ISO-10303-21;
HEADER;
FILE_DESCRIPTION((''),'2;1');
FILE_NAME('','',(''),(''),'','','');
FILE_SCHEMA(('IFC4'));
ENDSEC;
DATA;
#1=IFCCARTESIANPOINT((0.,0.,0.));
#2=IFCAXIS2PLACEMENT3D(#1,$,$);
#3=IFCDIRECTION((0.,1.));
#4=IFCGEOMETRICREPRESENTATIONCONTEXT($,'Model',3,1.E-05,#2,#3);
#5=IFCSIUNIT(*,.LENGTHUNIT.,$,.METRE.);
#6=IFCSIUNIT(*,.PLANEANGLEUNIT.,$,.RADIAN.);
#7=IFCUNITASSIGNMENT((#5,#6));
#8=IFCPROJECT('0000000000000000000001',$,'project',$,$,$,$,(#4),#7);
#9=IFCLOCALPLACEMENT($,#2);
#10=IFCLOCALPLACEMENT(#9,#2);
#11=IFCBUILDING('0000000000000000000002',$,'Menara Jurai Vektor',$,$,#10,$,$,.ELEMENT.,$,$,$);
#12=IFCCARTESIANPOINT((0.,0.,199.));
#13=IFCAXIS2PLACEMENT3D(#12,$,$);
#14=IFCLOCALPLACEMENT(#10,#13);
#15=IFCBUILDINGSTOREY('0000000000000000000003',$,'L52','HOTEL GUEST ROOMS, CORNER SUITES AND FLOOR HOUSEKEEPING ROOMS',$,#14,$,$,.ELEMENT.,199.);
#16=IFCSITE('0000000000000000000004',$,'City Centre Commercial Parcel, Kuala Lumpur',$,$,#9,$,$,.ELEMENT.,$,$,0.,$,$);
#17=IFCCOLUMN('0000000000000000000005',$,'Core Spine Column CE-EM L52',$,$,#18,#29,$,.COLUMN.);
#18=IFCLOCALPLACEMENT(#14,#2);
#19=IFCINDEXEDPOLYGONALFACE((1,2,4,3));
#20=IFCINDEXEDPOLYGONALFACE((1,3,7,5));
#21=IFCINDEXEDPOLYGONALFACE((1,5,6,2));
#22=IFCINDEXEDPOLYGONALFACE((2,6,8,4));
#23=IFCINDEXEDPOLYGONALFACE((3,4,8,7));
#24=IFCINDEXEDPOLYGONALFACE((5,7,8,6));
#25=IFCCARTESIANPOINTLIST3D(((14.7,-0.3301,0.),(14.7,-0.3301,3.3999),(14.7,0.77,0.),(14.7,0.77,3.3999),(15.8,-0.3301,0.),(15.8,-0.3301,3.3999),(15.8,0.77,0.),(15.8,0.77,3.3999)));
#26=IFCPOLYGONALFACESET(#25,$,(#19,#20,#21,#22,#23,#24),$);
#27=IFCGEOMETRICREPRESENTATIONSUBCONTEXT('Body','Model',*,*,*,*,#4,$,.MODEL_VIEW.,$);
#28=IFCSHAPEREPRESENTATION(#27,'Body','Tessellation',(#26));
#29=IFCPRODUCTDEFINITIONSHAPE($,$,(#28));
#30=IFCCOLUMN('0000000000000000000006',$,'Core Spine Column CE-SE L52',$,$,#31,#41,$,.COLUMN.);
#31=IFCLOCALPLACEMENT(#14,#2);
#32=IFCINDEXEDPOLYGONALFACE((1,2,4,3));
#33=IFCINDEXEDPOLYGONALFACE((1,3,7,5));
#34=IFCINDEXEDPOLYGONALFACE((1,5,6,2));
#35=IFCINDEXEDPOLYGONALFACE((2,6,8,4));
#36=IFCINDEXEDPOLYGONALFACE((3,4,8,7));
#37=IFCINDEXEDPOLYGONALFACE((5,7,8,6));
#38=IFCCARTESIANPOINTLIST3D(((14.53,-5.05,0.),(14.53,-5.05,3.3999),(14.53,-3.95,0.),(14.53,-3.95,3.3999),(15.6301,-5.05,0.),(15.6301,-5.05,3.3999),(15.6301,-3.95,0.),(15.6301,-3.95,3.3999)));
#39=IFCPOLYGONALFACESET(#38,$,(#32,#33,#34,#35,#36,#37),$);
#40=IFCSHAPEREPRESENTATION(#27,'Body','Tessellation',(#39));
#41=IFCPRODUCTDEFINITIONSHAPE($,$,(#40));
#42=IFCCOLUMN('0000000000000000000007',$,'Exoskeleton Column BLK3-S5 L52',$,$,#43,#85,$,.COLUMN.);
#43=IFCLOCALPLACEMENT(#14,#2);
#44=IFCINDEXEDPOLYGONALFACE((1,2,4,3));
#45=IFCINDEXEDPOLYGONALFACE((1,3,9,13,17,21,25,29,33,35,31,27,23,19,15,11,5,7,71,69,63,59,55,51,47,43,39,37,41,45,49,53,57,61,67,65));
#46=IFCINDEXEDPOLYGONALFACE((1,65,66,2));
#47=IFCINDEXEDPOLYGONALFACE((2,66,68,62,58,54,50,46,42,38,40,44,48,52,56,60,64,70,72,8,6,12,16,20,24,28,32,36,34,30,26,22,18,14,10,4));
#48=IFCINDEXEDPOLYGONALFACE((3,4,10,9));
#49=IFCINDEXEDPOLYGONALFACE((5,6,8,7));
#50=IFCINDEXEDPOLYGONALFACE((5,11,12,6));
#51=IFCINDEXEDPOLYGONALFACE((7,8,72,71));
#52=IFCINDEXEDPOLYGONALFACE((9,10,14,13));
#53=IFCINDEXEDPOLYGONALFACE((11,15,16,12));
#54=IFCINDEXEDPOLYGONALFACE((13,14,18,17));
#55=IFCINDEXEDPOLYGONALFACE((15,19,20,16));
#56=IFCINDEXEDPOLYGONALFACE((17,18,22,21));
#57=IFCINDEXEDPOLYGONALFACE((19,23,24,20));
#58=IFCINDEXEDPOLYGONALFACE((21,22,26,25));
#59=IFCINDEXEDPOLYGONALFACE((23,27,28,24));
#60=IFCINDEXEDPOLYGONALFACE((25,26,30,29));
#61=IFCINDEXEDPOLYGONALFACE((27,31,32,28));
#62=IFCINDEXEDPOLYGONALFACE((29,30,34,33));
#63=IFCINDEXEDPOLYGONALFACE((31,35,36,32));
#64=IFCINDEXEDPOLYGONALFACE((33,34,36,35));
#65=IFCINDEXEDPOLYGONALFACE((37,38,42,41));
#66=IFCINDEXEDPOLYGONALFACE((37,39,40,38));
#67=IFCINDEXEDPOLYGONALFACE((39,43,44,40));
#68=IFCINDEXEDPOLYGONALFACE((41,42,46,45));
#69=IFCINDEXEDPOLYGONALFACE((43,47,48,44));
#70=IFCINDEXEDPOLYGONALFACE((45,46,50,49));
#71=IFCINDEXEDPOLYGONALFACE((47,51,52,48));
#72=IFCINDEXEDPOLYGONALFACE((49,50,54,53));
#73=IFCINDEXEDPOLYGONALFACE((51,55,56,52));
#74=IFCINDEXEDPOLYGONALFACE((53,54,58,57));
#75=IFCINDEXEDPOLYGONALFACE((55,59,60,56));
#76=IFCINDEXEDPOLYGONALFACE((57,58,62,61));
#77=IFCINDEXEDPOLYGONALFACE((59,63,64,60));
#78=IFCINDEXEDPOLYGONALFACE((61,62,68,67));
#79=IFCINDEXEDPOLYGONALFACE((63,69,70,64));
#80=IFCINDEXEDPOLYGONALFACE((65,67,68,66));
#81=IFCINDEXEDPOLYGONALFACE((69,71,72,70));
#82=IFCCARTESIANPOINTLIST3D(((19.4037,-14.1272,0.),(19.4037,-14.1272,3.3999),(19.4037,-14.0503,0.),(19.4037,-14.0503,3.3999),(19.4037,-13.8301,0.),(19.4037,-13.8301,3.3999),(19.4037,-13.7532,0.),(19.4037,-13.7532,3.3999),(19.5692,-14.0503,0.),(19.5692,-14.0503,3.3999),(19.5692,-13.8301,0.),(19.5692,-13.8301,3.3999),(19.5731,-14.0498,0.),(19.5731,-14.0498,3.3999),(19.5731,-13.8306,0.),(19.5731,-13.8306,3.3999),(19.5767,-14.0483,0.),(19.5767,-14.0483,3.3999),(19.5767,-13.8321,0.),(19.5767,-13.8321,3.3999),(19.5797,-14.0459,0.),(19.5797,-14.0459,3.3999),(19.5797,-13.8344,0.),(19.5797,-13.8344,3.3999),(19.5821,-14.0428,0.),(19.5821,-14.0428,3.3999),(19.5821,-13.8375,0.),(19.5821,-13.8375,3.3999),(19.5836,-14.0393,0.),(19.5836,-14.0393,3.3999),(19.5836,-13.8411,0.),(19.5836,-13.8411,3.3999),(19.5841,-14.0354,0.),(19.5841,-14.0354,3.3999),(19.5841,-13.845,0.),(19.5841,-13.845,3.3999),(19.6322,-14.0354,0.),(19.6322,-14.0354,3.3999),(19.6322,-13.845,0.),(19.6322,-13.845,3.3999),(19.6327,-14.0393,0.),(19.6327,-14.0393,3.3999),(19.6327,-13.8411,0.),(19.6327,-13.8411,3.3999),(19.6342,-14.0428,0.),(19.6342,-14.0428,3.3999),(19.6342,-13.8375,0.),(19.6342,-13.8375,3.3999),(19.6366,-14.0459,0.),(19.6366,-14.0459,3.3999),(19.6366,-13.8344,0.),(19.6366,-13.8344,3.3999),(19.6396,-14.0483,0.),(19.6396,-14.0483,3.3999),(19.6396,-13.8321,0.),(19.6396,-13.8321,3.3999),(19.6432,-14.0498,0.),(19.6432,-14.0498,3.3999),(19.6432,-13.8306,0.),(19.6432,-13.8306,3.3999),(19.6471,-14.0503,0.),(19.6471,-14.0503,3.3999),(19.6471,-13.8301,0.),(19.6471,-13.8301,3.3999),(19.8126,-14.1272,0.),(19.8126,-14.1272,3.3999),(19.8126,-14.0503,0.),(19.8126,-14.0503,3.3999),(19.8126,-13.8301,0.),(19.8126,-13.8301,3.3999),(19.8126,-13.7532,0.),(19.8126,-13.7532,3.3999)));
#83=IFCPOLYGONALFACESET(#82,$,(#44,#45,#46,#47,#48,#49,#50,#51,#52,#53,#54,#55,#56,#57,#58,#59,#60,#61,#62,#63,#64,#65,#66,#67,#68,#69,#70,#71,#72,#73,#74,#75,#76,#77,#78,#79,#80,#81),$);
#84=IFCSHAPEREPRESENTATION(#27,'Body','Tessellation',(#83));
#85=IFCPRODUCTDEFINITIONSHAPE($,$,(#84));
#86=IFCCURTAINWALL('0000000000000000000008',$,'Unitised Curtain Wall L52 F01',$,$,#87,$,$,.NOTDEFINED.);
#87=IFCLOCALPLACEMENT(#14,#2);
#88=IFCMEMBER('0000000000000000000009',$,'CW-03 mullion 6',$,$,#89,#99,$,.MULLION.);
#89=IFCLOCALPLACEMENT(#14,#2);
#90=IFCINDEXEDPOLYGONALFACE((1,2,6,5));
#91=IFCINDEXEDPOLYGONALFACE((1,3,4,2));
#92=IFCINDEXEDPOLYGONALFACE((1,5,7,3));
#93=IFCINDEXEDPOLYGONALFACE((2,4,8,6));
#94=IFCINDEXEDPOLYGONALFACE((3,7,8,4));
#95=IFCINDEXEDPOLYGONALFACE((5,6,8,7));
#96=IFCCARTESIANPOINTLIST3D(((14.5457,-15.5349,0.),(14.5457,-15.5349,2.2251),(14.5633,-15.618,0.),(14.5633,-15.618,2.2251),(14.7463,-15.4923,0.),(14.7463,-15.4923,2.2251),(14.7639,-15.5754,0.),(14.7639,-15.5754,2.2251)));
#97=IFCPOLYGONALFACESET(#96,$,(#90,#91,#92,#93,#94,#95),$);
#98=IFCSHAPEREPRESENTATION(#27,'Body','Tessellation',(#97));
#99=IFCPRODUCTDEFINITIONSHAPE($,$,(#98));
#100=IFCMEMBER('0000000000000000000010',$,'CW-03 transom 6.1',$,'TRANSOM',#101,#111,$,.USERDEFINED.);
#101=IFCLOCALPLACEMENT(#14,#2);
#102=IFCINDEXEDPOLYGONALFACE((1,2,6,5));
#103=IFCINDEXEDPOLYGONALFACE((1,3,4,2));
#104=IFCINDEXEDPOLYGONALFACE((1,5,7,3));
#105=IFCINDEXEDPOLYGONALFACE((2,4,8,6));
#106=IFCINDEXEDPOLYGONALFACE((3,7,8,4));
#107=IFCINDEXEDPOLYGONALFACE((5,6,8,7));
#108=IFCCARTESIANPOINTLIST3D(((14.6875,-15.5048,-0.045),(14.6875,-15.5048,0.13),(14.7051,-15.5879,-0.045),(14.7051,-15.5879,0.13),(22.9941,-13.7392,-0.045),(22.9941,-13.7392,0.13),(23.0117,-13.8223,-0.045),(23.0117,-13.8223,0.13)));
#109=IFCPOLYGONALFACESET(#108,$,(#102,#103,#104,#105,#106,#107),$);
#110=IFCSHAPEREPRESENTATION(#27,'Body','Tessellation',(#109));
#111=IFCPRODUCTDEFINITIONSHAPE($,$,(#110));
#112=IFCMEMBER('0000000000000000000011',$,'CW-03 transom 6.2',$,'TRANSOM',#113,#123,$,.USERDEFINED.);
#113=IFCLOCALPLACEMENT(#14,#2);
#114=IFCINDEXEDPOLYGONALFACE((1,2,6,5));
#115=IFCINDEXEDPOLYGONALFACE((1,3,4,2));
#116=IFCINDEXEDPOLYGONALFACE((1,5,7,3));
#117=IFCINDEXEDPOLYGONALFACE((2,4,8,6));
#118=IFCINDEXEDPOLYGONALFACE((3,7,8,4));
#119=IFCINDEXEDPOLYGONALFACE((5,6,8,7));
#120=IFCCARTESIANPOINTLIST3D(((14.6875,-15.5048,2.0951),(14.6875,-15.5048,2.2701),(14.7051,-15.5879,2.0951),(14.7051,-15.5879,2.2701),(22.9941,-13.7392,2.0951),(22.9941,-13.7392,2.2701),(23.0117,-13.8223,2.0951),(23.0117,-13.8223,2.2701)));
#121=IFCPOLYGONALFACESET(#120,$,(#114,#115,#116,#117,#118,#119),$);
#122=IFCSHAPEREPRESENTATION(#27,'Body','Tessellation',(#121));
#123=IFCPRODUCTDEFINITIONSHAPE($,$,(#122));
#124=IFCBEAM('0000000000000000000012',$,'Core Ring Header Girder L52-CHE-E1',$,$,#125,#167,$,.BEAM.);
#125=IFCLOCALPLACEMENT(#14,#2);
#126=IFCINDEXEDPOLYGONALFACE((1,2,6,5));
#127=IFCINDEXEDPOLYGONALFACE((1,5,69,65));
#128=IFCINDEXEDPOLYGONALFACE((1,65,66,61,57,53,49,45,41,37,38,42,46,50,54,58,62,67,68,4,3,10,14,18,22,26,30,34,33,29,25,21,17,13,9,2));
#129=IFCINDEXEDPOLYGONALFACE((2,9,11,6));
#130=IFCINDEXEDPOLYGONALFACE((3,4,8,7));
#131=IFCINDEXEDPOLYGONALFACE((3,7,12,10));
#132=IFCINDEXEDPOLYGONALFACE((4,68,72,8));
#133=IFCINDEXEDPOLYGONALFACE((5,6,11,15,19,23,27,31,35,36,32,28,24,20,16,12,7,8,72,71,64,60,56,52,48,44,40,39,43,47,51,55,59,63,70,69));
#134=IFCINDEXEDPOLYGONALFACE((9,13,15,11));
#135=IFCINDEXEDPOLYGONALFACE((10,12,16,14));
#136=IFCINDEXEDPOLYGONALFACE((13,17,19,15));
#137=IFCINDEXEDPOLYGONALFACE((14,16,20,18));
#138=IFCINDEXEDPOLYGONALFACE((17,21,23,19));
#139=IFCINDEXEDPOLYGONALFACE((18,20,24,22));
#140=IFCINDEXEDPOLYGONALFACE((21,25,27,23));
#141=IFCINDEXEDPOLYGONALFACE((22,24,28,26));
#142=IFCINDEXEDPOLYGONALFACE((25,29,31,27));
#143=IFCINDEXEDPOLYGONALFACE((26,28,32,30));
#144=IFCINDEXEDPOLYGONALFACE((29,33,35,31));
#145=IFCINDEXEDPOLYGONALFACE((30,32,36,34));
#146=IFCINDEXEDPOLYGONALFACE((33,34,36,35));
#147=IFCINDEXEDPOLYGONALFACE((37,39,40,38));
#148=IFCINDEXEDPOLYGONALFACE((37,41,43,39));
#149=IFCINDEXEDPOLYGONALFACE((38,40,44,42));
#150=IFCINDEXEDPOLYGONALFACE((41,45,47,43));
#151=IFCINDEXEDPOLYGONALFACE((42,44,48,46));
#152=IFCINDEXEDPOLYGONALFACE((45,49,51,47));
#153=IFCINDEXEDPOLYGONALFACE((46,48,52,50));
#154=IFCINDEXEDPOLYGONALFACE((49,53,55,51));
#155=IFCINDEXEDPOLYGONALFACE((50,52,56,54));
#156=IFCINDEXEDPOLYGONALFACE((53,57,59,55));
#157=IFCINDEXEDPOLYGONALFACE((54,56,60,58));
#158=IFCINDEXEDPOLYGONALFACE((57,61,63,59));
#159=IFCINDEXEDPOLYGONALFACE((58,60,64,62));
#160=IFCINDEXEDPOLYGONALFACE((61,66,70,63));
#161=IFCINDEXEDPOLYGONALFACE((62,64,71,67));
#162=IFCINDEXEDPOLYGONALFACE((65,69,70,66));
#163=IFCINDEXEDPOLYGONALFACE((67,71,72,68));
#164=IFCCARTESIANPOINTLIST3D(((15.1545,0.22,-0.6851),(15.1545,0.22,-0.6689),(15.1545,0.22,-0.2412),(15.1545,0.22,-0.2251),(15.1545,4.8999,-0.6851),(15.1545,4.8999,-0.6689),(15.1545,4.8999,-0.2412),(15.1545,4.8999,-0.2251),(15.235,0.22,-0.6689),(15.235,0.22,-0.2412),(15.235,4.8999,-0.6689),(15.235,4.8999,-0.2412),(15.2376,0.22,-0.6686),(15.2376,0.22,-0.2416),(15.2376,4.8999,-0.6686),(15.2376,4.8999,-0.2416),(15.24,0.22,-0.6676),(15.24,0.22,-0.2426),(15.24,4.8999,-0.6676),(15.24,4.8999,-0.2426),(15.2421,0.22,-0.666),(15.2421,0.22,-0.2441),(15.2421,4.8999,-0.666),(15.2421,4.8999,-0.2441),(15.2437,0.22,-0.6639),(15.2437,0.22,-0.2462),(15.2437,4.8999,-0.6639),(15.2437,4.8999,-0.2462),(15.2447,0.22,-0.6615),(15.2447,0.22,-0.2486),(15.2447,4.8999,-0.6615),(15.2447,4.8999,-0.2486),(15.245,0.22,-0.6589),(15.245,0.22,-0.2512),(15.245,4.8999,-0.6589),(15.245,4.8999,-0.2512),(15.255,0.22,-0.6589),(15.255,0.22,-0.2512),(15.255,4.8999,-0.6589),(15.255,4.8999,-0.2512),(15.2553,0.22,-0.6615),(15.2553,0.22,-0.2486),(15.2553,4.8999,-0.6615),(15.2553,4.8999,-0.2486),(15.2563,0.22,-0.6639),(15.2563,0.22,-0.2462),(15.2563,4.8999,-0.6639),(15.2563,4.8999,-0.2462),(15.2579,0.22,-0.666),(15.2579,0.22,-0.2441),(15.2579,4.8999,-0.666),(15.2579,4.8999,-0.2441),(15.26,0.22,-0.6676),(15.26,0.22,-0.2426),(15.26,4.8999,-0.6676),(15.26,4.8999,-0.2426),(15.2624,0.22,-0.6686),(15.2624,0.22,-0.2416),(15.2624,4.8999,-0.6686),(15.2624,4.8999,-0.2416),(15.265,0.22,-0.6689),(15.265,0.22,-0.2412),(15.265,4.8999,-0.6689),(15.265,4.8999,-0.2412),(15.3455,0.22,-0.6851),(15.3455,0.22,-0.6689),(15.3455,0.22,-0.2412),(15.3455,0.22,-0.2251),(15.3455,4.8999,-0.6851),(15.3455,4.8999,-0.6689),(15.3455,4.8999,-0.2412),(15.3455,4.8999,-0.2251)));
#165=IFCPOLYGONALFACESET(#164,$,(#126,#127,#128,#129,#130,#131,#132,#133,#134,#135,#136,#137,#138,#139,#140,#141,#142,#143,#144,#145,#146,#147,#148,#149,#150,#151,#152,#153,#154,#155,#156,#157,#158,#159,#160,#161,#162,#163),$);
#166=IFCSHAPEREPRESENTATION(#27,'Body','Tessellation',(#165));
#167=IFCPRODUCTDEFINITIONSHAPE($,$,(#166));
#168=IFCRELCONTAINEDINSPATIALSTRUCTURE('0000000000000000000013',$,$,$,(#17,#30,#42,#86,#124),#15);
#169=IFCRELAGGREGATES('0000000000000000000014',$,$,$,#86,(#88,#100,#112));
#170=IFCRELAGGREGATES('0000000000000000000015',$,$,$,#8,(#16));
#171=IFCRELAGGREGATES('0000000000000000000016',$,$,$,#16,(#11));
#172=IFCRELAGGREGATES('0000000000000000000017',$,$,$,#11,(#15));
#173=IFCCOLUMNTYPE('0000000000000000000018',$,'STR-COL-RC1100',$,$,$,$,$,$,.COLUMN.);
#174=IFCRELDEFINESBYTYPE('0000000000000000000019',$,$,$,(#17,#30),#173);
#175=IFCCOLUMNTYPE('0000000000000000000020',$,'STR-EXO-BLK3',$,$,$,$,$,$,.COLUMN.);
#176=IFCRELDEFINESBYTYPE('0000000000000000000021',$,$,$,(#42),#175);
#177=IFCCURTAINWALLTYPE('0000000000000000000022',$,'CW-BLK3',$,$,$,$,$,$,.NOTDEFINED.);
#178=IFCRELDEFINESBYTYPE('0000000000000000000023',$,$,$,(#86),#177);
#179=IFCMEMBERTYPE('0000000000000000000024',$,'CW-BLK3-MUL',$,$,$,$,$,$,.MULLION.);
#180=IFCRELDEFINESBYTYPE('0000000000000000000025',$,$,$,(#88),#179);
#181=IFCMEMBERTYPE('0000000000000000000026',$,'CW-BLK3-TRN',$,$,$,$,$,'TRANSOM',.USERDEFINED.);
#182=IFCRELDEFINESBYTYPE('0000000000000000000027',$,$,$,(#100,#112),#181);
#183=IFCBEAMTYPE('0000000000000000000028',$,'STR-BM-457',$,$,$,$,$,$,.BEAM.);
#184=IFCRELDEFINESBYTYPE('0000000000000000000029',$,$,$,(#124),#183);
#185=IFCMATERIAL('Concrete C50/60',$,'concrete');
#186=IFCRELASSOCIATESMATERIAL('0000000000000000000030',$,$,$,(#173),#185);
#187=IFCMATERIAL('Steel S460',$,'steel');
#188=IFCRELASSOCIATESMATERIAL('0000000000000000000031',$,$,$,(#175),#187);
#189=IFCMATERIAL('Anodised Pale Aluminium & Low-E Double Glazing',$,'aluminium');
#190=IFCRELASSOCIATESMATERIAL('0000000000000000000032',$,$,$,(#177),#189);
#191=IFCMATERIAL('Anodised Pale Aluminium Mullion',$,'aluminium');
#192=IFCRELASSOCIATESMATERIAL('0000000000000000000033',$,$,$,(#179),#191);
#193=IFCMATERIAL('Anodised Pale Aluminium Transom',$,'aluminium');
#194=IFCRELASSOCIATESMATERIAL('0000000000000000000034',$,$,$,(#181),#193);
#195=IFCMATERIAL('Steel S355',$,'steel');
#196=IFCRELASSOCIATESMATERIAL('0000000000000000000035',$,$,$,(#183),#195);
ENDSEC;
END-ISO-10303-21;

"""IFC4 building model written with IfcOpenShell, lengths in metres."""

from ifc_helpers import new_model, si_unit, direction, frame, origin, origin_2d, place, context, subcontext, project, spatial, rectangle, i_section, extrude, material, material_profile, profile_set, type_object, element, aggregate, save


model = new_model("IFC4")

# Units and contexts
model_context = context("Model", 3, precision=1e-05, world=origin(), true_north=direction((0.0, 1.0)))
body_context = subcontext(model_context, "Body", "Model", "MODEL_VIEW")
ifc_project = project(units=[si_unit("LENGTHUNIT", "METRE"), si_unit("PLANEANGLEUNIT", "RADIAN")], contexts=[model_context])

# Site, building, storey
site_placement = place(None, origin())
site = spatial("IfcSite", under=ifc_project, at=site_placement, Name="City Centre Commercial Parcel, Kuala Lumpur", CompositionType="ELEMENT", RefElevation=0.0)
building_placement = place(site_placement, origin())
building = spatial("IfcBuilding", under=site, at=building_placement, Name="Menara Jurai Vektor", CompositionType="ELEMENT")
storey_placement = place(building_placement, frame((0.0, 0.0, 199.0)))
storey = spatial("IfcBuildingStorey", under=building, at=storey_placement, Name="L52", Description="HOTEL GUEST ROOMS, CORNER SUITES AND FLOOR HOUSEKEEPING ROOMS", CompositionType="ELEMENT", Elevation=199.0)

# Columns
ifc_material_1 = material(Name="Concrete C50/60", Category="concrete")
ifc_material_profile_1 = material_profile(ifc_material_1, rectangle(XDim=1.1001, YDim=1.1001, at=origin_2d()), Name="RC 1100x1100")
ifc_profile_set_1 = profile_set([ifc_material_profile_1], Name="Concrete C50/60")
column_type_1 = type_object("IfcColumnType", Name="STR-COL-RC1100", PredefinedType="COLUMN", material=ifc_profile_set_1)
for number, where, z_axis, x_axis, name in (
    (1, (15.25, 0.22, 0.0), (0.0, 0.0, 1.0), (1.0, 0.0, 0.0), "Core Spine Column CE-EM L52"),
    (2, (15.0801, -4.5, 0.0), (0.0, 0.0, 1.0), (1.0, 0.0, 0.0), "Core Spine Column CE-SE L52"),
):
    element("IfcColumn", number, at=place(storey_placement, frame(where, z_axis=z_axis, x_axis=x_axis)), inside=storey, type_object=column_type_1, Name=name, PredefinedType="COLUMN", context=body_context, shape_type="SweptSolid", body=[
        extrude(rectangle(XDim=1.1001, YDim=1.1001, at=origin_2d()), origin(), (0.0, 0.0, 1.0), 3.3999),
    ])
ifc_material_2 = material(Name="Steel S460", Category="steel")
ifc_material_profile_2 = material_profile(ifc_material_2, i_section(OverallWidth=0.4089, OverallDepth=0.374, WebThickness=0.0481, FlangeThickness=0.0769, FilletRadius=0.0149, at=origin_2d()), Name="HD 400x634")
ifc_profile_set_2 = profile_set([ifc_material_profile_2], Name="Steel S460")
column_type_2 = type_object("IfcColumnType", Name="STR-EXO-BLK3", PredefinedType="COLUMN", material=ifc_profile_set_2)
column_placement = place(storey_placement, frame((19.6082, -13.9402, 0.0), z_axis=(0.0, 0.0, 1.0), x_axis=(1.0, 0.0, 0.0)))
element("IfcColumn", 3, at=column_placement, inside=storey, type_object=column_type_2, Name="Exoskeleton Column BLK3-S5 L52", PredefinedType="COLUMN", context=body_context, shape_type="SweptSolid", body=[
    extrude(i_section(OverallWidth=0.4089, OverallDepth=0.374, WebThickness=0.0481, FlangeThickness=0.0769, FilletRadius=0.0149, at=origin_2d()), origin(), (0.0, 0.0, 1.0), 3.3999),
])

# Curtain wall, members
ifc_material_3 = material(Name="Anodised Pale Aluminium & Low-E Double Glazing", Category="aluminium")
curtain_wall_type = type_object("IfcCurtainWallType", Name="CW-BLK3", PredefinedType="NOTDEFINED", material=ifc_material_3)
curtain_wall_placement = place(storey_placement, origin())
curtain_wall = element("IfcCurtainWall", 4, at=curtain_wall_placement, inside=storey, type_object=curtain_wall_type, Name="Unitised Curtain Wall L52 F01", PredefinedType="NOTDEFINED")
ifc_material_4 = material(Name="Anodised Pale Aluminium Mullion", Category="aluminium")
ifc_material_profile_3 = material_profile(ifc_material_4, rectangle(XDim=0.085, YDim=0.2051, at=origin_2d()), Name="ALU MUL 85x205")
ifc_profile_set_3 = profile_set([ifc_material_profile_3], Name="Anodised Pale Aluminium Mullion")
member_type_1 = type_object("IfcMemberType", Name="CW-BLK3-MUL", PredefinedType="MULLION", material=ifc_profile_set_3)
member_1_placement = place(storey_placement, frame((14.6548, -15.5552, 0.0), z_axis=(0.0, 0.0, 1.0), x_axis=(-0.207911, 0.978148, 0.0)))
member_1 = element("IfcMember", 5, at=member_1_placement, type_object=member_type_1, Name="CW-03 mullion 6", PredefinedType="MULLION", context=body_context, shape_type="SweptSolid", body=[
    extrude(rectangle(XDim=0.085, YDim=0.2051, at=origin_2d()), origin(), (0.0, 0.0, 1.0), 2.2251),
])
ifc_material_5 = material(Name="Anodised Pale Aluminium Transom", Category="aluminium")
ifc_material_profile_4 = material_profile(ifc_material_5, rectangle(XDim=0.085, YDim=0.175, at=origin_2d()), Name="ALU TRN 85x175")
ifc_profile_set_4 = profile_set([ifc_material_profile_4], Name="Anodised Pale Aluminium Transom")
member_type_2 = type_object("IfcMemberType", Name="CW-BLK3-TRN", ElementType="TRANSOM", PredefinedType="USERDEFINED", material=ifc_profile_set_4)
member_2_placement = place(storey_placement, frame((14.6963, -15.5464, 0.0425), z_axis=(0.978148, 0.207911, 0.0), x_axis=(-0.207911, 0.978148, 0.0)))
member_2 = element("IfcMember", 6, at=member_2_placement, type_object=member_type_2, Name="CW-03 transom 6.1", ObjectType="TRANSOM", PredefinedType="USERDEFINED", context=body_context, shape_type="SweptSolid", body=[
    extrude(rectangle(XDim=0.085, YDim=0.175, at=origin_2d()), origin(), (0.0, 0.0, 1.0), 8.4922),
])
member_3_placement = place(storey_placement, frame((14.6963, -15.5464, 2.1826), z_axis=(0.978148, 0.207911, 0.0), x_axis=(-0.207911, 0.978148, 0.0)))
member_3 = element("IfcMember", 7, at=member_3_placement, type_object=member_type_2, Name="CW-03 transom 6.2", ObjectType="TRANSOM", PredefinedType="USERDEFINED", context=body_context, shape_type="SweptSolid", body=[
    extrude(rectangle(XDim=0.085, YDim=0.175, at=origin_2d()), origin(), (0.0, 0.0, 1.0), 8.4922),
])

# Beam
ifc_material_6 = material(Name="Steel S355", Category="steel")
ifc_material_profile_5 = material_profile(ifc_material_6, i_section(OverallWidth=0.1909, OverallDepth=0.46, WebThickness=0.01, FlangeThickness=0.0161, FilletRadius=0.01, at=origin_2d()), Name="UKB 457x191x82")
ifc_profile_set_5 = profile_set([ifc_material_profile_5], Name="Steel S355")
beam_type_1 = type_object("IfcBeamType", Name="STR-BM-457", PredefinedType="BEAM", material=ifc_profile_set_5)
beam_1_placement = place(storey_placement, frame((15.25, 0.22, -0.4551), z_axis=(0.0, 1.0, 0.0), x_axis=(-1.0, 0.0, 0.0)))
element("IfcBeam", 8, at=beam_1_placement, inside=storey, type_object=beam_type_1, Name="Core Ring Header Girder L52-CHE-E1", PredefinedType="BEAM", context=body_context, shape_type="SweptSolid", body=[
    extrude(i_section(OverallWidth=0.1909, OverallDepth=0.46, WebThickness=0.01, FlangeThickness=0.0161, FilletRadius=0.01, at=origin_2d()), origin(), (0.0, 0.0, 1.0), 4.6799),
])

aggregate(curtain_wall, [member_1, member_2, member_3])

save(model, "model.ifc")
